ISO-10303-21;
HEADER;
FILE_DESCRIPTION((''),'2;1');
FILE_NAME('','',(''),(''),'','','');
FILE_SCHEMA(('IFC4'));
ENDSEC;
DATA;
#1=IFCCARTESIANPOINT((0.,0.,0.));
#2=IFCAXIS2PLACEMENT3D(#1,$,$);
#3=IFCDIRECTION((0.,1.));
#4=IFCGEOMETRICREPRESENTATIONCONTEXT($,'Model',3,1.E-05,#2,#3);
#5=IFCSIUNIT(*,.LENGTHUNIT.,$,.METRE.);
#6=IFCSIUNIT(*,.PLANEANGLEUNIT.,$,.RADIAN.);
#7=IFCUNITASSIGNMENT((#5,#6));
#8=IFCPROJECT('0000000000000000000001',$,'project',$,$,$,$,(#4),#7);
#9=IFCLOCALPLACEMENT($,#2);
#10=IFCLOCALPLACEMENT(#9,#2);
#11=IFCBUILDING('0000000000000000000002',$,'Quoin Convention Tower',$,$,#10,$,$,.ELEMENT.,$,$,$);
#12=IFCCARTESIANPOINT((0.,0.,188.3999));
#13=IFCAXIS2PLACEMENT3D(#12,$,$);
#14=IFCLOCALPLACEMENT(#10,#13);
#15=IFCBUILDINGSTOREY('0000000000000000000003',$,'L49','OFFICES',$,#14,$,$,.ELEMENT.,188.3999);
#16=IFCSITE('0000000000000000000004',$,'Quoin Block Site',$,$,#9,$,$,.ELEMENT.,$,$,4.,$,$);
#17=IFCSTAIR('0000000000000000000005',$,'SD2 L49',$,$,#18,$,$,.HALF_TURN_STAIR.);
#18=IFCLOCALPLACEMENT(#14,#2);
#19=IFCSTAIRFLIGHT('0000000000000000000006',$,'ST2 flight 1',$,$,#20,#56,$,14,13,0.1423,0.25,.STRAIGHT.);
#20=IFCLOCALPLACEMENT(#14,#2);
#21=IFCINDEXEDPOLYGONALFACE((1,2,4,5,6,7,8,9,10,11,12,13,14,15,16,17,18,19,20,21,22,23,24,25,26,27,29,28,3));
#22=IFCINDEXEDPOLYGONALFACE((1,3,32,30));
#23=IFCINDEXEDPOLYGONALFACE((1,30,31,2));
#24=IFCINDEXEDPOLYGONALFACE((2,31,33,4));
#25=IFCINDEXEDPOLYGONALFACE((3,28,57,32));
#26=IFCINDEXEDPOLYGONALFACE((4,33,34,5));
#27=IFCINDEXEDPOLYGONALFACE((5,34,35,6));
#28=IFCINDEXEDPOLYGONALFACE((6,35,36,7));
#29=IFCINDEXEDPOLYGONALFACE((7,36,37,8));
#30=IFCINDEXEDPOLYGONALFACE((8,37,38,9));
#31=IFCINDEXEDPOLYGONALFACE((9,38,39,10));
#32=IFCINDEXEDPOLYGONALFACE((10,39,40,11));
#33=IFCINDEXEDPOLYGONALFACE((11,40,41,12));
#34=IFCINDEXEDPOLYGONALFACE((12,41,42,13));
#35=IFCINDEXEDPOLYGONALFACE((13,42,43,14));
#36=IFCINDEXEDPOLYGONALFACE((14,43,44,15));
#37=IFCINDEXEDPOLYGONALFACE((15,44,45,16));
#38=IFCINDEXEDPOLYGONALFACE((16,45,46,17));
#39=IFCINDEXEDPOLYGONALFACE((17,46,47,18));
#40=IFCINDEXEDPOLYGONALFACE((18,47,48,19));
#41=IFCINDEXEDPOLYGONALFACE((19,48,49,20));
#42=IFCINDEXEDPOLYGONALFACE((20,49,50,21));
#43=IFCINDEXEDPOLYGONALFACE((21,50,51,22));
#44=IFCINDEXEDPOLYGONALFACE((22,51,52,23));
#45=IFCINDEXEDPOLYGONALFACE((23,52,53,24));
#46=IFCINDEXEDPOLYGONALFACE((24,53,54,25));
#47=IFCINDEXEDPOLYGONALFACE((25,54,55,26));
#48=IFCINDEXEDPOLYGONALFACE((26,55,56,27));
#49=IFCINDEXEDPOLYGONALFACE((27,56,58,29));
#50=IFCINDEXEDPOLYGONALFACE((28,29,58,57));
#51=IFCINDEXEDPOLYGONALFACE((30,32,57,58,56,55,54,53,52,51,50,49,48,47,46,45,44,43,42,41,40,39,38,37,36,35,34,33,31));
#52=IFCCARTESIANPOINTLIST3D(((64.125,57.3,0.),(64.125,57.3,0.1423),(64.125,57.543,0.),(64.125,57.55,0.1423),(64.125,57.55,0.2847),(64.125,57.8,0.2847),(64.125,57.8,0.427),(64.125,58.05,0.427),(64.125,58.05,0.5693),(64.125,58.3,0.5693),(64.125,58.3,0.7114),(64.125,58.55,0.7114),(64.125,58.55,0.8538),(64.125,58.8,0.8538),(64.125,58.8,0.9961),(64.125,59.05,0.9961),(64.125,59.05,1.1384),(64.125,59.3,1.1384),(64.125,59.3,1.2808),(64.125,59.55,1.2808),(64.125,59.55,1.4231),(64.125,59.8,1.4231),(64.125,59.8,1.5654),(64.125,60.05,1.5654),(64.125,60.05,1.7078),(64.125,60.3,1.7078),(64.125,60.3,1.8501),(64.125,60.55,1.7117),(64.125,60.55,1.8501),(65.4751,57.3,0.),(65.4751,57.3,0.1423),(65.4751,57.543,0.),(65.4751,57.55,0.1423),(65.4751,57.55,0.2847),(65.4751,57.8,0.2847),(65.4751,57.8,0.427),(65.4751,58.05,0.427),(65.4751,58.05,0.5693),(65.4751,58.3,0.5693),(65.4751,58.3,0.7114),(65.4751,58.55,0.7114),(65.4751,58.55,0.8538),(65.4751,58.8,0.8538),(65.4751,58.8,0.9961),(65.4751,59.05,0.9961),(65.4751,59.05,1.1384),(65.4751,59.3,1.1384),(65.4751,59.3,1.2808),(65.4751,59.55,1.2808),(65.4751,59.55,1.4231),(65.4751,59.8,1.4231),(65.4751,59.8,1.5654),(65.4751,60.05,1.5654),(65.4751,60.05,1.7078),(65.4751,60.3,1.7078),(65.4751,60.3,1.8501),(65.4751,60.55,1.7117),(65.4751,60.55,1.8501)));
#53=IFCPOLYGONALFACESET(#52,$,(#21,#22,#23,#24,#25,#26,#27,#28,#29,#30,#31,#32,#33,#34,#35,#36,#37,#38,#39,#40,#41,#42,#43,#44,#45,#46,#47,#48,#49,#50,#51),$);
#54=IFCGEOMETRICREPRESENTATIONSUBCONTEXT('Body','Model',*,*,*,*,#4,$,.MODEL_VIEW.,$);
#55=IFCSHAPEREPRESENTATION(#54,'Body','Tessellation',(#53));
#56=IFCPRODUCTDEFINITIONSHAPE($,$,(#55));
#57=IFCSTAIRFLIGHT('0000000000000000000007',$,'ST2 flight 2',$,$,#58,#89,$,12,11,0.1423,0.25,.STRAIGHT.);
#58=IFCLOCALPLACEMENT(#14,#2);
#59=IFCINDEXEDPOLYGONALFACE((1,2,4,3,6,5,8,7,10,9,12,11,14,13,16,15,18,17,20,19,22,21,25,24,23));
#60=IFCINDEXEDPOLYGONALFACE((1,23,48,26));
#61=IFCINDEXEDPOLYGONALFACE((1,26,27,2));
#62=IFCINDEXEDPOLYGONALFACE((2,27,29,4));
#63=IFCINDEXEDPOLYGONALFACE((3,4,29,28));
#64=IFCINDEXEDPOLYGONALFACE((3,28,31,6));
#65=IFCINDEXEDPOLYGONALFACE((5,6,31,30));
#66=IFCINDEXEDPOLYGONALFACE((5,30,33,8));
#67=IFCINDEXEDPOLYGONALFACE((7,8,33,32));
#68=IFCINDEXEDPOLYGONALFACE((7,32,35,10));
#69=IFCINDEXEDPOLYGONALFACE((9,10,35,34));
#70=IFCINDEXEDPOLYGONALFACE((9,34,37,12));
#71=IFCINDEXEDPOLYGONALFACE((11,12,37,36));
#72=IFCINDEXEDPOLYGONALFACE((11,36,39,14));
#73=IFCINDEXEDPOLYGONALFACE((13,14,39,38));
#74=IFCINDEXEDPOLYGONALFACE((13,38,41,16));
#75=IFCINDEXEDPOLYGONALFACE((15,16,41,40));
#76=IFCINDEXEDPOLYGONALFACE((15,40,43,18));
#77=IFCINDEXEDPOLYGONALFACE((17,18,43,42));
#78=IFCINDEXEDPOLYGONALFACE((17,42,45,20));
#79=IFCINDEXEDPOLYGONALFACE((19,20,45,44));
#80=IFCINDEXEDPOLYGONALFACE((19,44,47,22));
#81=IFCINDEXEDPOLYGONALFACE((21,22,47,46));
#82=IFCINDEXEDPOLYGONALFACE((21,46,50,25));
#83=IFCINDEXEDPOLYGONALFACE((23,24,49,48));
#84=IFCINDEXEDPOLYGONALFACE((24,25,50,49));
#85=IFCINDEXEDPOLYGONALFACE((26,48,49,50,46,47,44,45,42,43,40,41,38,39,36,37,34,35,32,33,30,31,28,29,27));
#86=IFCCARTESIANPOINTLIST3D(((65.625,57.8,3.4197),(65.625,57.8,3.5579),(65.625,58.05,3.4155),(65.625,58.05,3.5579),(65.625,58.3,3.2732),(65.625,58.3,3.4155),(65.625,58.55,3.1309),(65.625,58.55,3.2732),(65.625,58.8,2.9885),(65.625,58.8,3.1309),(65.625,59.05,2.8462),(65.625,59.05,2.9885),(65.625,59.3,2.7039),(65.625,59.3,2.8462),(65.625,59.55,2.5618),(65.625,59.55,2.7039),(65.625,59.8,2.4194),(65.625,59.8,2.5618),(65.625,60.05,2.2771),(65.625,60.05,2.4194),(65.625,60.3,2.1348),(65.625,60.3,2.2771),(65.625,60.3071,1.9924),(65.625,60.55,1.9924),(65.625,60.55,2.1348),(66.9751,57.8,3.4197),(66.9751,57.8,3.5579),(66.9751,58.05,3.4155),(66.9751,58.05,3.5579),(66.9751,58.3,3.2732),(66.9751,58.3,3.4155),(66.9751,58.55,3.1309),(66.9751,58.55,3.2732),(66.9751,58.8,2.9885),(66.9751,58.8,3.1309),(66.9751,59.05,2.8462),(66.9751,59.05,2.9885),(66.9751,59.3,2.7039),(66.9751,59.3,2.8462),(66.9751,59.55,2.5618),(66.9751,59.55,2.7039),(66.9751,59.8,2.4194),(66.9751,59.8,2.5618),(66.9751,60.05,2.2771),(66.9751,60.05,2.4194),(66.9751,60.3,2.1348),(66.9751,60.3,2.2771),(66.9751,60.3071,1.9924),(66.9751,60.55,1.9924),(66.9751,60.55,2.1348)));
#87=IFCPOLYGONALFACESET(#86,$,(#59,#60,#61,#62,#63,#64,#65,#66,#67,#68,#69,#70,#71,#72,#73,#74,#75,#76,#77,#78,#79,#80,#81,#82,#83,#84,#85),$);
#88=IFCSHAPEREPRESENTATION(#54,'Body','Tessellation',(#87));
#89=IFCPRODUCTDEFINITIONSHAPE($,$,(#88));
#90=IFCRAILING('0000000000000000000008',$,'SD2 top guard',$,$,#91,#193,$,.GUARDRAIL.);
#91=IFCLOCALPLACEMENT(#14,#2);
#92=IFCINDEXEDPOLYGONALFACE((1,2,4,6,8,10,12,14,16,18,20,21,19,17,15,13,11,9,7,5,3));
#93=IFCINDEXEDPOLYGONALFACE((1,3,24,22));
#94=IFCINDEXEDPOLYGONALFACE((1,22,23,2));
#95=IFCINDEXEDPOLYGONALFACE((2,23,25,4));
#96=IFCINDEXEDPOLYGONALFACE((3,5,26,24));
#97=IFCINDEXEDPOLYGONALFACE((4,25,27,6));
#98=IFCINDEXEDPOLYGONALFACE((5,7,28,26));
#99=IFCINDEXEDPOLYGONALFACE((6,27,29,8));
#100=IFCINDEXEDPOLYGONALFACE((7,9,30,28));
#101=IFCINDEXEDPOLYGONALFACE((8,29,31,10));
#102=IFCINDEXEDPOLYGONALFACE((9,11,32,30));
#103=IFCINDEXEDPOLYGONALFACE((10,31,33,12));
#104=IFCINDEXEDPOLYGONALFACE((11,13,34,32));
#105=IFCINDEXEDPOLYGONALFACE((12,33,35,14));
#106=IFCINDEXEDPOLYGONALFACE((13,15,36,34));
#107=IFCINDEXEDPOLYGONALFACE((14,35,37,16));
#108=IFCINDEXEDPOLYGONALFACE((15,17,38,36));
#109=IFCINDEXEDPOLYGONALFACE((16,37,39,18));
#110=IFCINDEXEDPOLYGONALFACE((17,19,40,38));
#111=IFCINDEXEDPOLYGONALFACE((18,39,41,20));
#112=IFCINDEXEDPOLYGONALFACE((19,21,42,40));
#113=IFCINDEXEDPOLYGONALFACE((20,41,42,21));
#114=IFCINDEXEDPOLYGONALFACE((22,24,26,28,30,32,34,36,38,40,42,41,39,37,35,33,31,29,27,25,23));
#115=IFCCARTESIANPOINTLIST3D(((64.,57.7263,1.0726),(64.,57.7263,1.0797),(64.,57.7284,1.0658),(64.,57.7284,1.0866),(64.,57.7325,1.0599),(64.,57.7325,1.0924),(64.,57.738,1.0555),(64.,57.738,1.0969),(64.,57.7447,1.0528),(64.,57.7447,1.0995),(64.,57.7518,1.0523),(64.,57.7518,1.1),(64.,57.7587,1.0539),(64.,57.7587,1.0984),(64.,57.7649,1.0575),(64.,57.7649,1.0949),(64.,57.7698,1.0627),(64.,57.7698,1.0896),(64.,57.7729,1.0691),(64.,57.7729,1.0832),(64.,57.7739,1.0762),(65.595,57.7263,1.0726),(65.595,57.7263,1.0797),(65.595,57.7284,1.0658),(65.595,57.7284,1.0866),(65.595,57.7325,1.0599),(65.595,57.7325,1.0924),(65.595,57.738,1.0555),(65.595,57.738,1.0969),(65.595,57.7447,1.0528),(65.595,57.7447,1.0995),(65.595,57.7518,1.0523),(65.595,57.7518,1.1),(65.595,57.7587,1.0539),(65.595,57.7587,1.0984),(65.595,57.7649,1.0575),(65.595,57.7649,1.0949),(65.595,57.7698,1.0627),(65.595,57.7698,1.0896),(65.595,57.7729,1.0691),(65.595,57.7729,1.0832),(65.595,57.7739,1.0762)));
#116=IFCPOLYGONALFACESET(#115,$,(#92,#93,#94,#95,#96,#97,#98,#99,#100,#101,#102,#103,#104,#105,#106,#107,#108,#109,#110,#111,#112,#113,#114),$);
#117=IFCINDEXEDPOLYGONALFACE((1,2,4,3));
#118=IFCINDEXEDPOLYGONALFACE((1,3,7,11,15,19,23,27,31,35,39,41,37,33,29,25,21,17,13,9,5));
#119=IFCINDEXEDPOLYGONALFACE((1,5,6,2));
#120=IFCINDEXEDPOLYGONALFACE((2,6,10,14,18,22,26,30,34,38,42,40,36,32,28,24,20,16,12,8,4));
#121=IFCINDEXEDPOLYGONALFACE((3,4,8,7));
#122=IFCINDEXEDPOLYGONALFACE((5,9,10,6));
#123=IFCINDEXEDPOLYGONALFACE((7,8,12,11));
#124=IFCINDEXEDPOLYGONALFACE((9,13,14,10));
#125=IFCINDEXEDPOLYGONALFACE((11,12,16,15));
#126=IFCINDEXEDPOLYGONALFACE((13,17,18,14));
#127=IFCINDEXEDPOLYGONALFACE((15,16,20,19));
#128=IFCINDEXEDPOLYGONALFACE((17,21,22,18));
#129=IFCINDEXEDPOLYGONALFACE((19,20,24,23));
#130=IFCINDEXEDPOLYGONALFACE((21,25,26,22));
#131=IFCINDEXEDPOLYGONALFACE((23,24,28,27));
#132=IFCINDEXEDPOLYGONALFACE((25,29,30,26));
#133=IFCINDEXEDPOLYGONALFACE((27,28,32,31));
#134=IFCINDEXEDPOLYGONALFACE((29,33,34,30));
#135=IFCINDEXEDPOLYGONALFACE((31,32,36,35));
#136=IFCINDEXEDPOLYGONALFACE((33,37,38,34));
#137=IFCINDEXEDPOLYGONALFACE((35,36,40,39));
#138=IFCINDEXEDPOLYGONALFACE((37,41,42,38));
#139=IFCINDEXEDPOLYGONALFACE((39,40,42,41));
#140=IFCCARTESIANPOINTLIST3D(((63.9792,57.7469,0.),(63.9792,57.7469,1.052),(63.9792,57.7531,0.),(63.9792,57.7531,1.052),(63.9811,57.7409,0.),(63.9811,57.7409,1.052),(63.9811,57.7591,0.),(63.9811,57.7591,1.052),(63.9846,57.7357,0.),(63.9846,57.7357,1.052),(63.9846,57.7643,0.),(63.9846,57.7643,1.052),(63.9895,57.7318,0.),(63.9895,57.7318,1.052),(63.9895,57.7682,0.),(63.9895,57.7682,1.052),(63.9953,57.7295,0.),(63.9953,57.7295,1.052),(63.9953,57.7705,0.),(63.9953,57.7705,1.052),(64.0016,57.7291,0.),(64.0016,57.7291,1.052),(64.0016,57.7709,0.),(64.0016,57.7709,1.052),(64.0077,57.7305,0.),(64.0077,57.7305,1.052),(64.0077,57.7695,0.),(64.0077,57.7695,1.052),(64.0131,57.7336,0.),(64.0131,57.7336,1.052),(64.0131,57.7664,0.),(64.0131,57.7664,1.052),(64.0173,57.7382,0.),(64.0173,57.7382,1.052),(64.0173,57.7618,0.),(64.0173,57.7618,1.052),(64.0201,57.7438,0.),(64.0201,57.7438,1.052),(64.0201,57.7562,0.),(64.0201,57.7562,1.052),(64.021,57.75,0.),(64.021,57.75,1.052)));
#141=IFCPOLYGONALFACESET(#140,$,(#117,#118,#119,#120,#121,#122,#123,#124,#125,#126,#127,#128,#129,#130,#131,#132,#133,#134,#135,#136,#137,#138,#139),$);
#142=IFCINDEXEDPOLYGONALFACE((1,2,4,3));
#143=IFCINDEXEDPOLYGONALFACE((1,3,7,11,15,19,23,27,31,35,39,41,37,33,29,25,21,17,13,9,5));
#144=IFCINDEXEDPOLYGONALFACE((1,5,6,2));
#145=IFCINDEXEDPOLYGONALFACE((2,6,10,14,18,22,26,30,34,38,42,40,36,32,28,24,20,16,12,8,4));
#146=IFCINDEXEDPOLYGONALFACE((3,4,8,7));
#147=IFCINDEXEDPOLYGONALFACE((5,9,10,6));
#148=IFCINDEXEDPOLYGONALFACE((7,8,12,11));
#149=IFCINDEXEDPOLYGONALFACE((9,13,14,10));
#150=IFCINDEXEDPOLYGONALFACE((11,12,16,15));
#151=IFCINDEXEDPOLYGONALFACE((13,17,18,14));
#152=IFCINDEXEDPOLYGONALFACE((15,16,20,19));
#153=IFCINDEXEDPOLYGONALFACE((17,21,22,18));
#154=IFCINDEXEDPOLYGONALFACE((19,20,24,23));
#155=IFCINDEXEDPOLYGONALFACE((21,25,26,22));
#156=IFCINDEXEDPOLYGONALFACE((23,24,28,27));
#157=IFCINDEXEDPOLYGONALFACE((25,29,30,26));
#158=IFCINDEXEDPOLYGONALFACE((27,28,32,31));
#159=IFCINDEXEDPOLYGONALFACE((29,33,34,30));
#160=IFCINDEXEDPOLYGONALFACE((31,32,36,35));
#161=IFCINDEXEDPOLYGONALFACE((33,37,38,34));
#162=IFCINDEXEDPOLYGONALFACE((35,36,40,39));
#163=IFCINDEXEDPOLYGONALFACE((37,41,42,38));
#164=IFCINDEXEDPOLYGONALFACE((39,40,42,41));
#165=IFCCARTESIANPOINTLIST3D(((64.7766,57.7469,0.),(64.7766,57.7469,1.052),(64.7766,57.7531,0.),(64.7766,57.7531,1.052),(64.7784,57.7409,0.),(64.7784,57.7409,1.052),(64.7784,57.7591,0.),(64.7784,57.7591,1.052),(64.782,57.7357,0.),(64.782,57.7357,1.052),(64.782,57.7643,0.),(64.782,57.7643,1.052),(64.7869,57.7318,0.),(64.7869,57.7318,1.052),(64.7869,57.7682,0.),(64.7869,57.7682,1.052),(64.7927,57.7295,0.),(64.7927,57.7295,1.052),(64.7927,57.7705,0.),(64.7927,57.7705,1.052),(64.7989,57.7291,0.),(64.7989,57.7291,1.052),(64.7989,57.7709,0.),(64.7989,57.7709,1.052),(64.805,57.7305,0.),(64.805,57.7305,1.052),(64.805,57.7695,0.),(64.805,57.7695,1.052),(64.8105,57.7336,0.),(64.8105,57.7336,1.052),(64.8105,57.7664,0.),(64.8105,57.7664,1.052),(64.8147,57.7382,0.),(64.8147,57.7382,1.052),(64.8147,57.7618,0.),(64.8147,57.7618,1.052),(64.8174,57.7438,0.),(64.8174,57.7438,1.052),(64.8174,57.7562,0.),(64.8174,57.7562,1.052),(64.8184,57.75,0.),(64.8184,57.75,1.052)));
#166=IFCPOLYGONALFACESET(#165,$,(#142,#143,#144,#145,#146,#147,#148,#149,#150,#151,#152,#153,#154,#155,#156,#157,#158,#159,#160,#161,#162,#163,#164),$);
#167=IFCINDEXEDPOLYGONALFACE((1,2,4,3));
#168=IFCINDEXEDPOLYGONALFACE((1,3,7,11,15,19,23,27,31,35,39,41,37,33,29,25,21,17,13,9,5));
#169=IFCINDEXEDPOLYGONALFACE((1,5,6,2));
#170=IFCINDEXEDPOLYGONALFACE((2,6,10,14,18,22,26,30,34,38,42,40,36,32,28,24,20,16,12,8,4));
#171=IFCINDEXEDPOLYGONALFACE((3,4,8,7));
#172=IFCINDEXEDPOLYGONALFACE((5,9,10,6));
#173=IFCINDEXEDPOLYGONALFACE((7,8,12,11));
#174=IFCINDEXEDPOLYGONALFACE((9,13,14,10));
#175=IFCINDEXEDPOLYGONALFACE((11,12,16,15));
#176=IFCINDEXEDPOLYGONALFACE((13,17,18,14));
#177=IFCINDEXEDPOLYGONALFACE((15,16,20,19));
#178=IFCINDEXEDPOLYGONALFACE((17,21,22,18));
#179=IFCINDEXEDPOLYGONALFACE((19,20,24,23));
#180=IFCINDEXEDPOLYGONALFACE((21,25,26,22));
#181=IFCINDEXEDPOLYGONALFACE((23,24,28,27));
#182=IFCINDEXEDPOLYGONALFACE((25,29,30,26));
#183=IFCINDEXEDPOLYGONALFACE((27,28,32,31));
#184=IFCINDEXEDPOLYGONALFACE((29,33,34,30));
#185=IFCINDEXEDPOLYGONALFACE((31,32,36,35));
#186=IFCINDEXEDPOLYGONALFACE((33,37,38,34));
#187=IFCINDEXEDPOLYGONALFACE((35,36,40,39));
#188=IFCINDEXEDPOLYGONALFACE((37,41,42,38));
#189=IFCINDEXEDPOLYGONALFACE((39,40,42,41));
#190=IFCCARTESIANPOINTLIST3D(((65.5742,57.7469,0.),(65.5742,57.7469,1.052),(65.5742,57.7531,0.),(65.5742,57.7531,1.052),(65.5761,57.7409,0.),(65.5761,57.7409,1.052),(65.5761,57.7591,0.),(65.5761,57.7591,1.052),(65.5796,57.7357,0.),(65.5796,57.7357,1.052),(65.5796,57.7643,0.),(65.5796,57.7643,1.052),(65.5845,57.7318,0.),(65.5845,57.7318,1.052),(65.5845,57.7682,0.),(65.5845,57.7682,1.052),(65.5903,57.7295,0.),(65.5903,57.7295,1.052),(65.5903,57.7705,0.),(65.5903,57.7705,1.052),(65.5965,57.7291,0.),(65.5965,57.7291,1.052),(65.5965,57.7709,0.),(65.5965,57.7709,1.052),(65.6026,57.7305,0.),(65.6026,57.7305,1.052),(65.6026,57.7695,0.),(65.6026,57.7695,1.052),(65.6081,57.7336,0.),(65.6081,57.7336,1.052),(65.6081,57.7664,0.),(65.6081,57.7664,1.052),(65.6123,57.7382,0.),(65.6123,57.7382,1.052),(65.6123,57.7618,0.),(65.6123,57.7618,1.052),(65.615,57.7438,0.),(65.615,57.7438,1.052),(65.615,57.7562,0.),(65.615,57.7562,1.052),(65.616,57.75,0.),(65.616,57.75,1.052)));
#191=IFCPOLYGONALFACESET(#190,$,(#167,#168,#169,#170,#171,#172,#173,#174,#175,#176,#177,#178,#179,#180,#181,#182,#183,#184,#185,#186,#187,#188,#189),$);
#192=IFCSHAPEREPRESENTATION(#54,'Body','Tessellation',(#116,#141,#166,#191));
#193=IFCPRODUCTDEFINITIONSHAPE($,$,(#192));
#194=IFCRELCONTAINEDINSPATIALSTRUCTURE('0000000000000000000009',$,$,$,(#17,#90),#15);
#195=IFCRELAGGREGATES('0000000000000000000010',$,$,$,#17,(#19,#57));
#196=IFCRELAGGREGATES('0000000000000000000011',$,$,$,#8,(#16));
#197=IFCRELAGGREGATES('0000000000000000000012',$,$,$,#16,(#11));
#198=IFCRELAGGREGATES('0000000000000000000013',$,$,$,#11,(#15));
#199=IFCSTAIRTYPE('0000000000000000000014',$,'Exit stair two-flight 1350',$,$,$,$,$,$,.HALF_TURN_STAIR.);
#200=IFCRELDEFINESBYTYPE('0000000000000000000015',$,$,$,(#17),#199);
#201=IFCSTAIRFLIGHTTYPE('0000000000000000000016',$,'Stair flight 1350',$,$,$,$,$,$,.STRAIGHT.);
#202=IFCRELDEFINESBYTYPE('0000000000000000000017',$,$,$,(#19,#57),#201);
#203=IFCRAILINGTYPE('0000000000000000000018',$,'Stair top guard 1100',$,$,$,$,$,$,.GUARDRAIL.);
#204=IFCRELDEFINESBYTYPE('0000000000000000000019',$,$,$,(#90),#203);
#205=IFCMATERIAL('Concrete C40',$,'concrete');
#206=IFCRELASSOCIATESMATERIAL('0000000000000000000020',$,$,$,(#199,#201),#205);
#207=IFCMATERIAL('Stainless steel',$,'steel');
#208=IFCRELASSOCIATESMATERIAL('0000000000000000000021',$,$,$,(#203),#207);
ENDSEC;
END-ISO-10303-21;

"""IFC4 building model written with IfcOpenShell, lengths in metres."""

from ifc_helpers import new_model, si_unit, direction, frame, origin, origin_2d, place, context, subcontext, project, spatial, polyline, circle, outline, extrude, material, type_object, element, aggregate, save


model = new_model("IFC4")

# Units and contexts
model_context = context("Model", 3, precision=1e-05, world=origin(), true_north=direction((0.0, 1.0)))
body_context = subcontext(model_context, "Body", "Model", "MODEL_VIEW")
ifc_project = project(units=[si_unit("LENGTHUNIT", "METRE"), si_unit("PLANEANGLEUNIT", "RADIAN")], contexts=[model_context])

# Site, building, storey
site_placement = place(None, origin())
site = spatial("IfcSite", under=ifc_project, at=site_placement, Name="Quoin Block Site", CompositionType="ELEMENT", RefElevation=4.0)
building_placement = place(site_placement, origin())
building = spatial("IfcBuilding", under=site, at=building_placement, Name="Quoin Convention Tower", CompositionType="ELEMENT")
storey_placement = place(building_placement, frame((0.0, 0.0, 188.3999)))
storey = spatial("IfcBuildingStorey", under=building, at=storey_placement, Name="L49", Description="OFFICES", CompositionType="ELEMENT", Elevation=188.3999)

# Stair, stair flights
ifc_material_1 = material(Name="Concrete C40", Category="concrete")
stair_type = type_object("IfcStairType", Name="Exit stair two-flight 1350", PredefinedType="HALF_TURN_STAIR", material=ifc_material_1)
stair_placement = place(storey_placement, origin())
stair = element("IfcStair", 1, at=stair_placement, inside=storey, type_object=stair_type, Name="SD2 L49", PredefinedType="HALF_TURN_STAIR")
stair_flight_type = type_object("IfcStairFlightType", Name="Stair flight 1350", PredefinedType="STRAIGHT", material=ifc_material_1)
stair_flight_1_placement = place(storey_placement, frame((64.8, 57.3, 0.0), z_axis=(0.0, 0.0, 1.0), x_axis=(0.0, 1.0, 0.0)))
stair_flight_1 = element("IfcStairFlight", 2, at=stair_flight_1_placement, type_object=stair_flight_type, Name="ST2 flight 1", NumberOfRisers=14, NumberOfTreads=13, PredefinedType="STRAIGHT", RiserHeight=0.1423, TreadLength=0.25, context=body_context, shape_type="SweptSolid", body=[
    extrude(outline(polyline([(0.0, 0.0), (0.0, 0.1423), (0.25, 0.1423), (0.25, 0.2847), (0.5, 0.2847), (0.5, 0.427), (0.75, 0.427), (0.75, 0.5693), (1.0, 0.5693), (1.0, 0.7114), (1.25, 0.7114), (1.25, 0.8538), (1.5, 0.8538), (1.5, 0.9961), (1.75, 0.9961), (1.75, 1.1384), (2.0, 1.1384), (2.0, 1.2808), (2.25, 1.2808), (2.25, 1.4231), (2.5, 1.4231), (2.5, 1.5654), (2.75, 1.5654), (2.75, 1.7078), (3.0, 1.7078), (3.0, 1.8501), (3.25, 1.8501), (3.25, 1.9922), (3.25, 1.7117), (0.2429, 0.0), (0.0, 0.0)])), frame((0.0, 0.675, 0.0), z_axis=(0.0, -1.0, 0.0), x_axis=(1.0, 0.0, 0.0)), (0.0, 0.0, 1.0), 1.3501),
])
stair_flight_2_placement = place(storey_placement, frame((66.3, 60.55, 1.9924), z_axis=(0.0, 0.0, 1.0), x_axis=(0.0, -1.0, 0.0)))
stair_flight_2 = element("IfcStairFlight", 3, at=stair_flight_2_placement, type_object=stair_flight_type, Name="ST2 flight 2", NumberOfRisers=12, NumberOfTreads=11, PredefinedType="STRAIGHT", RiserHeight=0.1423, TreadLength=0.25, context=body_context, shape_type="SweptSolid", body=[
    extrude(outline(polyline([(0.0, 0.0), (0.0, 0.1423), (0.25, 0.1423), (0.25, 0.2847), (0.5, 0.2847), (0.5, 0.427), (0.75, 0.427), (0.75, 0.5693), (1.0, 0.5693), (1.0, 0.7114), (1.25, 0.7114), (1.25, 0.8538), (1.5, 0.8538), (1.5, 0.9961), (1.75, 0.9961), (1.75, 1.1384), (2.0, 1.1384), (2.0, 1.2808), (2.25, 1.2808), (2.25, 1.4231), (2.5, 1.4231), (2.5, 1.5654), (2.75, 1.5654), (2.75, 1.7078), (2.75, 1.4272), (0.2429, 0.0), (0.0, 0.0)])), frame((0.0, 0.675, 0.0), z_axis=(0.0, -1.0, 0.0), x_axis=(1.0, 0.0, 0.0)), (0.0, 0.0, 1.0), 1.3501),
])
aggregate(stair, [stair_flight_1, stair_flight_2])

# Railing
ifc_material_2 = material(Name="Stainless steel", Category="steel")
railing_type_1 = type_object("IfcRailingType", Name="Stair top guard 1100", PredefinedType="GUARDRAIL", material=ifc_material_2)
railing_1_placement = place(storey_placement, frame((64.0, 57.75, 0.0)))
element("IfcRailing", 4, at=railing_1_placement, inside=storey, type_object=railing_type_1, Name="SD2 top guard", PredefinedType="GUARDRAIL", context=body_context, shape_type="SweptSolid", body=[
    extrude(circle(Radius=0.0239, at=origin_2d()), frame((0.0, 0.0, 1.0762), z_axis=(1.0, 0.0, 0.0), x_axis=(0.0, 1.0, 0.0)), (0.0, 0.0, 1.0), 1.595),
    extrude(circle(Radius=0.021, at=origin_2d()), origin(), (0.0, 0.0, 1.0), 1.052),
    extrude(circle(Radius=0.021, at=origin_2d()), frame((0.7974, 0.0, 0.0)), (0.0, 0.0, 1.0), 1.052),
    extrude(circle(Radius=0.021, at=origin_2d()), frame((1.595, 0.0, 0.0)), (0.0, 0.0, 1.0), 1.052),
])

save(model, "model.ifc")
